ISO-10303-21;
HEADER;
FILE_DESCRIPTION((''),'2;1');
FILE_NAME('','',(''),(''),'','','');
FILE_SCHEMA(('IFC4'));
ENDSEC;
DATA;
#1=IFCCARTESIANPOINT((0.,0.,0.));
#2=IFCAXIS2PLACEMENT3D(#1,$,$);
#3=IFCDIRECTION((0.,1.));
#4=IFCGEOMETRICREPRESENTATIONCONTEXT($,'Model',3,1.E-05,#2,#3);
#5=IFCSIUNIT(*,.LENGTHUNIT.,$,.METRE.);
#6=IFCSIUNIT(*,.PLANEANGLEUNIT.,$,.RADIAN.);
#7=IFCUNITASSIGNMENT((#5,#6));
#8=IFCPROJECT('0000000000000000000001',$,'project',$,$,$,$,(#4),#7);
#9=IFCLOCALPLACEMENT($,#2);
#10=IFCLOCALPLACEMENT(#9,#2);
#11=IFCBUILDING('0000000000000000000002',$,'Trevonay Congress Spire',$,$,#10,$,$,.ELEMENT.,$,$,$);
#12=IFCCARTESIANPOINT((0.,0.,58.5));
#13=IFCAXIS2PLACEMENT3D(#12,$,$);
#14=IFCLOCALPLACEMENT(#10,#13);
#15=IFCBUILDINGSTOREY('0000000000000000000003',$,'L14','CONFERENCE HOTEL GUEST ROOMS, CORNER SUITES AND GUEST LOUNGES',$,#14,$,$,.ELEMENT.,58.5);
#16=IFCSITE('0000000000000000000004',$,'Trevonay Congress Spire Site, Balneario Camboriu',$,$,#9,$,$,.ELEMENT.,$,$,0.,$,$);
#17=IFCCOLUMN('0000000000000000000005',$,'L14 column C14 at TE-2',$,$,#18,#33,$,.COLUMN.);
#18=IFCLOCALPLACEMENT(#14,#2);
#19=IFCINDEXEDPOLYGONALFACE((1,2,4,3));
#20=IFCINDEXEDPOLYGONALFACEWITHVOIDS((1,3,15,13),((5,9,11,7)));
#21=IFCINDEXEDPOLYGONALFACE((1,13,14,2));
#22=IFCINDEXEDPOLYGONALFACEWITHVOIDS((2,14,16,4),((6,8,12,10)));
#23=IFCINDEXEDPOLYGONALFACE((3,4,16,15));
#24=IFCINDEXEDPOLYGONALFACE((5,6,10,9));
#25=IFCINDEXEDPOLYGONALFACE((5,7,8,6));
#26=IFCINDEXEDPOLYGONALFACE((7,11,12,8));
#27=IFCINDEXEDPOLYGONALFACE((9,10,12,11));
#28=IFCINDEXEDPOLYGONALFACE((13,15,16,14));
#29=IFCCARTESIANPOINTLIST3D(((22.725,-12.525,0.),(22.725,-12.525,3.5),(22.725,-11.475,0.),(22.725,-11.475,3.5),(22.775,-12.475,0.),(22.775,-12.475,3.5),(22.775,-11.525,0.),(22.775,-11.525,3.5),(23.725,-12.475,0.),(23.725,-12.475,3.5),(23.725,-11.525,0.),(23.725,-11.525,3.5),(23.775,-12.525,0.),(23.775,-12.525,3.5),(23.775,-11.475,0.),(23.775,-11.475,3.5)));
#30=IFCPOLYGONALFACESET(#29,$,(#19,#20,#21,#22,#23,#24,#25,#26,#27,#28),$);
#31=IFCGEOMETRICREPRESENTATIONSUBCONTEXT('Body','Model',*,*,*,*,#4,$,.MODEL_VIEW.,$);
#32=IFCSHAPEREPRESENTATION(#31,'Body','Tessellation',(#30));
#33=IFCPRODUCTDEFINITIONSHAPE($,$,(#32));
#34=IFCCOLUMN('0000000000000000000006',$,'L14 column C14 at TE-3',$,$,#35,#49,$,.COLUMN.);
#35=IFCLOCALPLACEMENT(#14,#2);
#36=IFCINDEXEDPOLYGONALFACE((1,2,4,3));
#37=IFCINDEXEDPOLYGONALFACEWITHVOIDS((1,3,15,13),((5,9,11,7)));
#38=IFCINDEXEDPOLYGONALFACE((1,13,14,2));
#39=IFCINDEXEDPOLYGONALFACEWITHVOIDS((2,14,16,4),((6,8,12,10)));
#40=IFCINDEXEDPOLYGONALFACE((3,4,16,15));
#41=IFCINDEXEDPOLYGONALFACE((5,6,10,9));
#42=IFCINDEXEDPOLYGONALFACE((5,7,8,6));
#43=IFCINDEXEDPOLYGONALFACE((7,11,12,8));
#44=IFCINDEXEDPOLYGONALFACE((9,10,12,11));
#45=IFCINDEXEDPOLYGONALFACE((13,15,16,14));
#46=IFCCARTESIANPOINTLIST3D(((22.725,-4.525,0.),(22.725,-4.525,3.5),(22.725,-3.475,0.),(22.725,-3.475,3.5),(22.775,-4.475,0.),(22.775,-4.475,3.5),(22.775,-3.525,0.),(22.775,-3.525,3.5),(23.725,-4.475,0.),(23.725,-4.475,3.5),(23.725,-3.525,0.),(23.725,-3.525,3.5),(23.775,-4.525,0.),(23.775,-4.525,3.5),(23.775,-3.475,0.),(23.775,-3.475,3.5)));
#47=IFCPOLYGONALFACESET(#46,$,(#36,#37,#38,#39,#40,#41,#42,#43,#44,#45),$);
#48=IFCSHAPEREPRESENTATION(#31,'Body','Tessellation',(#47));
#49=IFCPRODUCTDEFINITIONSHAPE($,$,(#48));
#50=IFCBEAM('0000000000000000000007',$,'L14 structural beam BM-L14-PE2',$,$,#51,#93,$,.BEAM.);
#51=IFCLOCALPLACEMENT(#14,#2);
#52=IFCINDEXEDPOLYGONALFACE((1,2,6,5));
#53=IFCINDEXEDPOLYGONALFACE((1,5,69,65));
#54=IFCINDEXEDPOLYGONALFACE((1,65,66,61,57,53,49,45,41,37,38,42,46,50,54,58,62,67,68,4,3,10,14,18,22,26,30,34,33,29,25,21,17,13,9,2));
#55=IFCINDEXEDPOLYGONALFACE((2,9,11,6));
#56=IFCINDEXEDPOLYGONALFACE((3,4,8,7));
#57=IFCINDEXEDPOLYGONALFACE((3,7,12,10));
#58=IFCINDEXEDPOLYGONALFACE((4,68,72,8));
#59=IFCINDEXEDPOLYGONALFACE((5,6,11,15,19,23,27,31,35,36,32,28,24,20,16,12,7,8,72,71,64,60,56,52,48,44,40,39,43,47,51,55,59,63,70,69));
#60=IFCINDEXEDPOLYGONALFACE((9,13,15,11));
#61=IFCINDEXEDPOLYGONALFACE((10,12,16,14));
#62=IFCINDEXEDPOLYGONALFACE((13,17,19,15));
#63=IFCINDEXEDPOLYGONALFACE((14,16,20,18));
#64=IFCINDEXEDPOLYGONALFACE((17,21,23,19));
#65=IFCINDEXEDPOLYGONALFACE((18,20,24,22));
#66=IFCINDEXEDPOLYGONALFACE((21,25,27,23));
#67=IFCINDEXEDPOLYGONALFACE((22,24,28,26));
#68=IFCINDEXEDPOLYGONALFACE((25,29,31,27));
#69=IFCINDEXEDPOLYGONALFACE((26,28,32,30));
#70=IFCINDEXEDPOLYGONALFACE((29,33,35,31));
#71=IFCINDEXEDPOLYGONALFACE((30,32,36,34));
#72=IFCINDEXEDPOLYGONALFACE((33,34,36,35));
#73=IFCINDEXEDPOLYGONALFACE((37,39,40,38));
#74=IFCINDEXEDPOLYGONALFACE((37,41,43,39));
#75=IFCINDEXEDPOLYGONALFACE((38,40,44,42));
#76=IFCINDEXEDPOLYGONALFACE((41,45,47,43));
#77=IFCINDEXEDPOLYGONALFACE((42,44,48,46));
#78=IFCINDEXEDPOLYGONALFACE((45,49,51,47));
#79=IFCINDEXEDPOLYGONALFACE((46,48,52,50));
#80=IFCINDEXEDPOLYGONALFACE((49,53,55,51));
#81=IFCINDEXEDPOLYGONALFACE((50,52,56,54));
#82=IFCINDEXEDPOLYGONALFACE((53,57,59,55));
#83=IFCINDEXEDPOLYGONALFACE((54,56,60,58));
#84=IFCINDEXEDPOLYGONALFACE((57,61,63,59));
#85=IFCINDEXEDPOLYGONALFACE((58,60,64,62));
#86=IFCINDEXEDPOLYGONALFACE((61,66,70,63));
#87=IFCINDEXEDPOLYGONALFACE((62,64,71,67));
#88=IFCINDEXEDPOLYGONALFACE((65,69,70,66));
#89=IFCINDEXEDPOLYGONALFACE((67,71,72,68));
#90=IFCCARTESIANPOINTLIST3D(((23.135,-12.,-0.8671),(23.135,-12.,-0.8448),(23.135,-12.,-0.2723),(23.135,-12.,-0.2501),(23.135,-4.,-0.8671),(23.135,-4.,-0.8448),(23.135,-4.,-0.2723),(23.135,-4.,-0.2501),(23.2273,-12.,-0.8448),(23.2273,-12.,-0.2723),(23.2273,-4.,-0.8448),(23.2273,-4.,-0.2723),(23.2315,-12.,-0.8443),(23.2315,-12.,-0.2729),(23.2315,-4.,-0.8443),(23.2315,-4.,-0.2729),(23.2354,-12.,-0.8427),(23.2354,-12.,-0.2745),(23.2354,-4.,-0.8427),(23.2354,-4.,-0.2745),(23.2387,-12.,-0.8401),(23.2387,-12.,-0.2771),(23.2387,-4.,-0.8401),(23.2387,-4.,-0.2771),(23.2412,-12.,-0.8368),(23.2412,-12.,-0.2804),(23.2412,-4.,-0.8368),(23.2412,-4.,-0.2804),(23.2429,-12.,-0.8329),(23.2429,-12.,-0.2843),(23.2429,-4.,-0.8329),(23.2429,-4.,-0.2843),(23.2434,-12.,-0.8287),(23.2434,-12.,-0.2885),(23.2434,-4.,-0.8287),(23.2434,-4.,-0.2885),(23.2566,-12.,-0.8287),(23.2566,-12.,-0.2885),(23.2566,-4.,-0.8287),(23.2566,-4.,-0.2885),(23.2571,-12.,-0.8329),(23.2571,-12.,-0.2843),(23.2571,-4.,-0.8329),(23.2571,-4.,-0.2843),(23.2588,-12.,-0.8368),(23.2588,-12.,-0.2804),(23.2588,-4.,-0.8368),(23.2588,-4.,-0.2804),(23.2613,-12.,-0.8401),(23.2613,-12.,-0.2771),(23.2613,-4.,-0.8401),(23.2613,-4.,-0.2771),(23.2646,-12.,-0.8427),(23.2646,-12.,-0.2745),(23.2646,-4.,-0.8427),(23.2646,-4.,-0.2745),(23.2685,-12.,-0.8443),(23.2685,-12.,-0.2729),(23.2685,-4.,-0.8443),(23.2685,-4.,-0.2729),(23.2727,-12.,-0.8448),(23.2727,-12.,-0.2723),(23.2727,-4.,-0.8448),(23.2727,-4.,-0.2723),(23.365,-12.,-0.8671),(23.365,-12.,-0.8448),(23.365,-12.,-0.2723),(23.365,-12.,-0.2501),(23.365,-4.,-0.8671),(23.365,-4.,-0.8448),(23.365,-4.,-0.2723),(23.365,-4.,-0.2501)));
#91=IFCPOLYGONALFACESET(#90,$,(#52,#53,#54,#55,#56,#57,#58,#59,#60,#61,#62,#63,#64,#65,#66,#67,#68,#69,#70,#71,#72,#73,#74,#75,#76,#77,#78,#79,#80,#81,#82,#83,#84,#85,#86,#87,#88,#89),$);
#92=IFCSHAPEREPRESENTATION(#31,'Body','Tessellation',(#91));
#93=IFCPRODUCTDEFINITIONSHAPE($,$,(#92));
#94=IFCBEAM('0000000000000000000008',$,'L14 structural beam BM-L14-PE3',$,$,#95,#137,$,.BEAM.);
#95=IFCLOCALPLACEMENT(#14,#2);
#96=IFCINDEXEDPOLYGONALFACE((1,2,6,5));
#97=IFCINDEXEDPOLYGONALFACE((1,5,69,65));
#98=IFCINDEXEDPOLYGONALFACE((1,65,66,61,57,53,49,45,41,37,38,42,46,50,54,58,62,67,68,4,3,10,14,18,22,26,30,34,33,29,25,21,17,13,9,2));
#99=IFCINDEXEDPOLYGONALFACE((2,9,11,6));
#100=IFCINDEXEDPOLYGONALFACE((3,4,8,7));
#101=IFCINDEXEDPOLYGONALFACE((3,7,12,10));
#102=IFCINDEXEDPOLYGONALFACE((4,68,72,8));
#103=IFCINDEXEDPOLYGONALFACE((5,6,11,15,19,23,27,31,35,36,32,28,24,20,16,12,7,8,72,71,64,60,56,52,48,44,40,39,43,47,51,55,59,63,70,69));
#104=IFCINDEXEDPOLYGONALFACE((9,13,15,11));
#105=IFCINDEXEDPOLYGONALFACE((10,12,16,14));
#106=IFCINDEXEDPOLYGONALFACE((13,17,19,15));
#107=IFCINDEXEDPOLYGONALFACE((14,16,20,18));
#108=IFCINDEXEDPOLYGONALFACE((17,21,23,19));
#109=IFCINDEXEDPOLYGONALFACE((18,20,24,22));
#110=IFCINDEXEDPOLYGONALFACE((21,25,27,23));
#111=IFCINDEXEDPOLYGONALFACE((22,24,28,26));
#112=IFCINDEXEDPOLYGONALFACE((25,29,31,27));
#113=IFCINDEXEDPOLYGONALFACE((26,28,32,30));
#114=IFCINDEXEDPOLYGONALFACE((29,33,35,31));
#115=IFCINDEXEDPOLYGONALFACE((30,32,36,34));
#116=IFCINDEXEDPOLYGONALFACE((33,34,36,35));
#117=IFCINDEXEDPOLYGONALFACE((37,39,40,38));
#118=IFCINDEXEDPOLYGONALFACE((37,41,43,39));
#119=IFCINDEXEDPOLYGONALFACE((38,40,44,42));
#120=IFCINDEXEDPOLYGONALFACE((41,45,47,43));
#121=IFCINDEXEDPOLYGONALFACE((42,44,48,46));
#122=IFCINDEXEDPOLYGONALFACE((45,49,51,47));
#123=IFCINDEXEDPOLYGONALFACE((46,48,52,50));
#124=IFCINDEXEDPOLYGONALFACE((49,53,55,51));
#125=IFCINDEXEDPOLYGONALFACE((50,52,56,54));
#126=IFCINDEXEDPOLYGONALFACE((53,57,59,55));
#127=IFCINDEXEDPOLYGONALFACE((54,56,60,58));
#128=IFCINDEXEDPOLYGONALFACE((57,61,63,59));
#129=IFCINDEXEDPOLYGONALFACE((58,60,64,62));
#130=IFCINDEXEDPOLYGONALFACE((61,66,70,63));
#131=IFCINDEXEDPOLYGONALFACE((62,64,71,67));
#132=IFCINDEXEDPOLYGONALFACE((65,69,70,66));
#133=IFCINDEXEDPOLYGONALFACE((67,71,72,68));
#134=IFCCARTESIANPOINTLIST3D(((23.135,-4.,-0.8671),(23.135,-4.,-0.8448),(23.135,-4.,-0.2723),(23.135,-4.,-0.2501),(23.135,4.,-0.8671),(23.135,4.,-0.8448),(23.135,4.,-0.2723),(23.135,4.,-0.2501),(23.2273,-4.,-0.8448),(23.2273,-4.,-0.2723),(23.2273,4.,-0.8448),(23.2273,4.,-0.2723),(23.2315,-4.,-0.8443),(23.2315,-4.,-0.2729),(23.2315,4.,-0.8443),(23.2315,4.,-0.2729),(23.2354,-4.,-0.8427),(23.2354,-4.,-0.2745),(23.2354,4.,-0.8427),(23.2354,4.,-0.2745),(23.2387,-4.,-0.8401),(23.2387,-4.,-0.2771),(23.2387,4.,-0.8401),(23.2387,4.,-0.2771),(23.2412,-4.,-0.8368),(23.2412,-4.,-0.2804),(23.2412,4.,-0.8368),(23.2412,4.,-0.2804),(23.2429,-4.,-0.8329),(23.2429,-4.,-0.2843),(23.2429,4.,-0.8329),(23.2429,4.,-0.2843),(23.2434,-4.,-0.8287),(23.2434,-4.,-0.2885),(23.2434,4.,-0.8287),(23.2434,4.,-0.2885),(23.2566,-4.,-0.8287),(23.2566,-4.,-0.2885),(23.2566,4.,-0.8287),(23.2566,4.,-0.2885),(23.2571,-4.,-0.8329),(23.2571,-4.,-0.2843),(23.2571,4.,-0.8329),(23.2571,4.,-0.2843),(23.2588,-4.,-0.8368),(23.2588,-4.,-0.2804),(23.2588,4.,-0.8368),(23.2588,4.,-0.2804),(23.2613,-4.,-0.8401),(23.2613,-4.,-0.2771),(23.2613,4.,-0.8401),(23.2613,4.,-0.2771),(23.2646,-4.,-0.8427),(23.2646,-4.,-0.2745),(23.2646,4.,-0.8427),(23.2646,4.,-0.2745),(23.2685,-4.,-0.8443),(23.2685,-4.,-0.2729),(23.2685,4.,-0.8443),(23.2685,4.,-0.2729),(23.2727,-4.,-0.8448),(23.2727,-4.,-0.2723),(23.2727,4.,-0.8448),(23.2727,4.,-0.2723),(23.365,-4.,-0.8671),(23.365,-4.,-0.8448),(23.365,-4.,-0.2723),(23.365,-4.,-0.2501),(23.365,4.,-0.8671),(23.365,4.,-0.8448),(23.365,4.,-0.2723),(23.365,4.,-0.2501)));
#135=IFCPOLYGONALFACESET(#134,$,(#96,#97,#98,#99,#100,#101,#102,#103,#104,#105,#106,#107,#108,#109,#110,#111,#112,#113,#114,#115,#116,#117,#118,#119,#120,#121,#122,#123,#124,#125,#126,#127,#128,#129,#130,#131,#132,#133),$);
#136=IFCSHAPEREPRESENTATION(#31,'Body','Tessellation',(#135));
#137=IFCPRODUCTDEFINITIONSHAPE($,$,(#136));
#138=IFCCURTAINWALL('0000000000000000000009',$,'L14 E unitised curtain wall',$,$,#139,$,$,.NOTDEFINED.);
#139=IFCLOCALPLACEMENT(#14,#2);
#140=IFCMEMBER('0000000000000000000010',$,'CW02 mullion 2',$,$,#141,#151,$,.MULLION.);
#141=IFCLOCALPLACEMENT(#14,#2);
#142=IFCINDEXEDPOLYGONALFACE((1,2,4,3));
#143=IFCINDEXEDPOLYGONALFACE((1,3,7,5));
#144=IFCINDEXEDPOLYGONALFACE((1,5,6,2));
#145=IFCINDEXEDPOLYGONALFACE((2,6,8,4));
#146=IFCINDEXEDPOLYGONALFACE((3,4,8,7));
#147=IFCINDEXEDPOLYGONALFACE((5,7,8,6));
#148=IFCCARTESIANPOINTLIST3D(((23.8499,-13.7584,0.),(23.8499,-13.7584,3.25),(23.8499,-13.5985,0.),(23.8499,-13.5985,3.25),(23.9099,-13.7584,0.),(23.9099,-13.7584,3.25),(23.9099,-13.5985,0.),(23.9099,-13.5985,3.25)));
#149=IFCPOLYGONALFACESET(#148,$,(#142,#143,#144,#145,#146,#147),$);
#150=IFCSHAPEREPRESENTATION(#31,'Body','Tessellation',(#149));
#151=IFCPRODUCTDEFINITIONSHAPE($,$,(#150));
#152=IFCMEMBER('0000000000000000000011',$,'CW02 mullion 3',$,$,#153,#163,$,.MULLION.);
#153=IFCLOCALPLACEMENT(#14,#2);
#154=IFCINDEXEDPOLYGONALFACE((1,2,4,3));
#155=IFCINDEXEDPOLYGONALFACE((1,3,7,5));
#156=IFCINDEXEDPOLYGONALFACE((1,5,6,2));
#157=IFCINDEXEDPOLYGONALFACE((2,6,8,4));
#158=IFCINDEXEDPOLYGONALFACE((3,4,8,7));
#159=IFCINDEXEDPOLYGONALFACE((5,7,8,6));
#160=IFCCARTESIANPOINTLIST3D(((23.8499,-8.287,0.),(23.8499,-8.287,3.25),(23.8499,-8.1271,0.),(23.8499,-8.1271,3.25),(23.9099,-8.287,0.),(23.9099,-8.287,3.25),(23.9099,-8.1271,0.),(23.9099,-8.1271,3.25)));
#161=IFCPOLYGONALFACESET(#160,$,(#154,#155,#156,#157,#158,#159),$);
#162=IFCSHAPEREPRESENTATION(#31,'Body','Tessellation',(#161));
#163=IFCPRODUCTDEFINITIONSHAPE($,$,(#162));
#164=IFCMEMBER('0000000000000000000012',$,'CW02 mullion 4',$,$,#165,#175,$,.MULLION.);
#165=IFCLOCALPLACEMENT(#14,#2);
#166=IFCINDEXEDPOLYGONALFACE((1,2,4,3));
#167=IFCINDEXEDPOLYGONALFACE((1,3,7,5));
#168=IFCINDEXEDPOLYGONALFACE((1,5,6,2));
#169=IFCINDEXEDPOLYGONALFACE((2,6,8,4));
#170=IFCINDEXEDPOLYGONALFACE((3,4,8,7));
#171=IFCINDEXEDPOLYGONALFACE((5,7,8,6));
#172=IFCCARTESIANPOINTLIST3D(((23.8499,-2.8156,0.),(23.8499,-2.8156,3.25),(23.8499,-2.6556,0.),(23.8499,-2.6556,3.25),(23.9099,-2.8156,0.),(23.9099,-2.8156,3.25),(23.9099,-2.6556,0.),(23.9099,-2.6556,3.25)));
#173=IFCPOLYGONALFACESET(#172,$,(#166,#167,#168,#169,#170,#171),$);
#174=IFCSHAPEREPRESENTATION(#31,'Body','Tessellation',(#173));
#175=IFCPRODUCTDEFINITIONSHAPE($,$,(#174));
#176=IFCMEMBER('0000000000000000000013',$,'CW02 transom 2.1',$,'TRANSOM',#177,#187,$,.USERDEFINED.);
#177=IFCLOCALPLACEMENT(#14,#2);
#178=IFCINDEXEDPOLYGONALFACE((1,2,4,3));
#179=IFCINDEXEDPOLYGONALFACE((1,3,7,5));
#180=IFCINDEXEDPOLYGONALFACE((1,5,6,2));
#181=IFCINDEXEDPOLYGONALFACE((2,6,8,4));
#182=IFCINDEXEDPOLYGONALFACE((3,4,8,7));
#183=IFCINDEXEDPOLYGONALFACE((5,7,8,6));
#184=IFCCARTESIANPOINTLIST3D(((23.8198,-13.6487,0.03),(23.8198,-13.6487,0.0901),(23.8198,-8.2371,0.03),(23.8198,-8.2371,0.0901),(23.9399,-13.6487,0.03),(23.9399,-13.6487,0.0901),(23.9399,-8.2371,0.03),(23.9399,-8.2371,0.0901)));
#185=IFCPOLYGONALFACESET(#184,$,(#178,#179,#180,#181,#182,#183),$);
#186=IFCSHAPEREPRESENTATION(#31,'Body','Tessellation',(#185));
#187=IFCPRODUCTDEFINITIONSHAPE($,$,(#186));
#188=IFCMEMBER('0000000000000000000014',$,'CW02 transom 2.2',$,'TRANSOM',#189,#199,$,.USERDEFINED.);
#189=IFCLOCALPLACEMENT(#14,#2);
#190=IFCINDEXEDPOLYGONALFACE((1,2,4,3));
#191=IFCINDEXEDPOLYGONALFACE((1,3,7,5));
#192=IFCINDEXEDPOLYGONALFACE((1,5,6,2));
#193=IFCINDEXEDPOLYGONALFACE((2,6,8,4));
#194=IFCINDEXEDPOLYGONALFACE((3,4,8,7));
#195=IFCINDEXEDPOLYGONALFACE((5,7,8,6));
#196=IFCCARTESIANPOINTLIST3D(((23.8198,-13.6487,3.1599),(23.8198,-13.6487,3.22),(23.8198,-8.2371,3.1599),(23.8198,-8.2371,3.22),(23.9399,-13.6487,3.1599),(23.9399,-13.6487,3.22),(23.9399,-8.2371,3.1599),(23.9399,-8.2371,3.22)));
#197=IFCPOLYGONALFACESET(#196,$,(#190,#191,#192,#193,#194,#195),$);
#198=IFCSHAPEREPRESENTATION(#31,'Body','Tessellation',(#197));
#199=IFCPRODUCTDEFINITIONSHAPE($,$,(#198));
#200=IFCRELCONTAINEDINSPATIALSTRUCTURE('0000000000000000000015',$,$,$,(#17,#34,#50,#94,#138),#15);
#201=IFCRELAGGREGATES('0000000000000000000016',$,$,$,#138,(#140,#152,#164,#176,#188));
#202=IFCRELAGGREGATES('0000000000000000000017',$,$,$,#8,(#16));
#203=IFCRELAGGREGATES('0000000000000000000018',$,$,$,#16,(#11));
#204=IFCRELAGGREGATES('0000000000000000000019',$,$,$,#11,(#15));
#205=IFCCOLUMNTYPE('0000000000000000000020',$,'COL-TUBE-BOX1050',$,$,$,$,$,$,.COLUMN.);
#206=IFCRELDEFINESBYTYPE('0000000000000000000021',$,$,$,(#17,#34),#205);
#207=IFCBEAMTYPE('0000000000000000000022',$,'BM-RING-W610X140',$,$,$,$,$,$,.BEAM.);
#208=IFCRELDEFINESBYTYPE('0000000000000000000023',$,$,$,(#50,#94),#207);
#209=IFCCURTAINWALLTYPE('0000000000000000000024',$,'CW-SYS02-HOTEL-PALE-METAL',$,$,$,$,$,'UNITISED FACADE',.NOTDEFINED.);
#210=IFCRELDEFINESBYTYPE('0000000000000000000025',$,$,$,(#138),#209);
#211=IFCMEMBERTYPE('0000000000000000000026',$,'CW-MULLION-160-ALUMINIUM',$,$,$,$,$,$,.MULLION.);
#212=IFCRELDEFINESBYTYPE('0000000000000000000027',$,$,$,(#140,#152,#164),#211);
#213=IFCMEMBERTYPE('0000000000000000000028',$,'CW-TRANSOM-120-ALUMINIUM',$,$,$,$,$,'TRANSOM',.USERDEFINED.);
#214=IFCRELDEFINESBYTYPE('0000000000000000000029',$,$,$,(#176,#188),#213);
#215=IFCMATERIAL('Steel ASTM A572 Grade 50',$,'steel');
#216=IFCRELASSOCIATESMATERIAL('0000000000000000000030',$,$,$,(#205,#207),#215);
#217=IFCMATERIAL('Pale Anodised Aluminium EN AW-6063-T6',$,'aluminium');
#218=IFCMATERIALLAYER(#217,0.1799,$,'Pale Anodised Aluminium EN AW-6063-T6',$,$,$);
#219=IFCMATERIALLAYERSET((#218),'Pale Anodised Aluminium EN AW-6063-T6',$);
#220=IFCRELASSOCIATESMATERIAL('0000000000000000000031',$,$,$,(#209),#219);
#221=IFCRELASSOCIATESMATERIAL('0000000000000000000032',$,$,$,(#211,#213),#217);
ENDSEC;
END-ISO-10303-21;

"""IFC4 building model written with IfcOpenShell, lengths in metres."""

from ifc_helpers import new_model, si_unit, direction, frame, origin, origin_2d, place, context, subcontext, project, spatial, rectangle, hollow_rectangle, i_section, extrude, material, layer, layer_set, material_profile, profile_set, type_object, element, aggregate, save


model = new_model("IFC4")

# Units and contexts
model_context = context("Model", 3, precision=1e-05, world=origin(), true_north=direction((0.0, 1.0)))
body_context = subcontext(model_context, "Body", "Model", "MODEL_VIEW")
ifc_project = project(units=[si_unit("LENGTHUNIT", "METRE"), si_unit("PLANEANGLEUNIT", "RADIAN")], contexts=[model_context])

# Site, building, storey
site_placement = place(None, origin())
site = spatial("IfcSite", under=ifc_project, at=site_placement, Name="Trevonay Congress Spire Site, Balneario Camboriu", CompositionType="ELEMENT", RefElevation=0.0)
building_placement = place(site_placement, origin())
building = spatial("IfcBuilding", under=site, at=building_placement, Name="Trevonay Congress Spire", CompositionType="ELEMENT")
storey_placement = place(building_placement, frame((0.0, 0.0, 58.5)))
storey = spatial("IfcBuildingStorey", under=building, at=storey_placement, Name="L14", Description="CONFERENCE HOTEL GUEST ROOMS, CORNER SUITES AND GUEST LOUNGES", CompositionType="ELEMENT", Elevation=58.5)

# Columns
ifc_material_1 = material(Name="Steel ASTM A572 Grade 50", Category="steel")
ifc_material_profile_1 = material_profile(ifc_material_1, hollow_rectangle(XDim=1.05, YDim=1.05, WallThickness=0.05, at=origin_2d()), Name="BOX 1050x1050x50")
ifc_profile_set_1 = profile_set([ifc_material_profile_1], Name="Steel ASTM A572 Grade 50")
column_type = type_object("IfcColumnType", Name="COL-TUBE-BOX1050", PredefinedType="COLUMN", material=ifc_profile_set_1)
for number, where, z_axis, x_axis, name in (
    (1, (23.25, -12.0, 0.0), (0.0, 0.0, 1.0), (1.0, 0.0, 0.0), "L14 column C14 at TE-2"),
    (2, (23.25, -4.0, 0.0), (0.0, 0.0, 1.0), (1.0, 0.0, 0.0), "L14 column C14 at TE-3"),
):
    element("IfcColumn", number, at=place(storey_placement, frame(where, z_axis=z_axis, x_axis=x_axis)), inside=storey, type_object=column_type, Name=name, PredefinedType="COLUMN", context=body_context, shape_type="SweptSolid", body=[
        extrude(hollow_rectangle(XDim=1.05, YDim=1.05, WallThickness=0.05, at=origin_2d()), origin(), (0.0, 0.0, 1.0), 3.5),
    ])

# Beams
ifc_material_profile_2 = material_profile(ifc_material_1, i_section(OverallWidth=0.23, OverallDepth=0.6169, WebThickness=0.0132, FlangeThickness=0.0222, FilletRadius=0.0161, at=origin_2d()), Name="W610x140")
ifc_profile_set_2 = profile_set([ifc_material_profile_2], Name="Steel ASTM A572 Grade 50")
beam_type = type_object("IfcBeamType", Name="BM-RING-W610X140", PredefinedType="BEAM", material=ifc_profile_set_2)
for number, where, z_axis, x_axis, name in (
    (3, (23.25, -12.0, -0.5586), (0.0, 1.0, 0.0), (-1.0, 0.0, 0.0), "L14 structural beam BM-L14-PE2"),
    (4, (23.25, -4.0, -0.5586), (0.0, 1.0, 0.0), (-1.0, 0.0, 0.0), "L14 structural beam BM-L14-PE3"),
):
    element("IfcBeam", number, at=place(storey_placement, frame(where, z_axis=z_axis, x_axis=x_axis)), inside=storey, type_object=beam_type, Name=name, PredefinedType="BEAM", context=body_context, shape_type="SweptSolid", body=[
        extrude(i_section(OverallWidth=0.23, OverallDepth=0.6169, WebThickness=0.0132, FlangeThickness=0.0222, FilletRadius=0.0161, at=origin_2d()), origin(), (0.0, 0.0, 1.0), 8.0),
    ])

# Curtain wall, members
ifc_material_2 = material(Name="Pale Anodised Aluminium EN AW-6063-T6", Category="aluminium")
ifc_layer_1 = layer(ifc_material_2, 0.1799, Name="Pale Anodised Aluminium EN AW-6063-T6")
ifc_layer_set_1 = layer_set([ifc_layer_1], Name="Pale Anodised Aluminium EN AW-6063-T6")
curtain_wall_type = type_object("IfcCurtainWallType", Name="CW-SYS02-HOTEL-PALE-METAL", ElementType="UNITISED FACADE", PredefinedType="NOTDEFINED", material=ifc_layer_set_1)
curtain_wall_placement = place(storey_placement, origin())
curtain_wall = element("IfcCurtainWall", 5, at=curtain_wall_placement, inside=storey, type_object=curtain_wall_type, Name="L14 E unitised curtain wall", PredefinedType="NOTDEFINED")
ifc_material_profile_3 = material_profile(ifc_material_2, rectangle(XDim=0.0601, YDim=0.1599, at=origin_2d()), Name="CW-MULLION-160-ALUMINIUM")
ifc_profile_set_3 = profile_set([ifc_material_profile_3], Name="Pale Anodised Aluminium EN AW-6063-T6")
member_type_1 = type_object("IfcMemberType", Name="CW-MULLION-160-ALUMINIUM", PredefinedType="MULLION", material=ifc_profile_set_3)
member_1_placement = place(storey_placement, frame((23.8799, -13.6785, 0.0), z_axis=(0.0, 0.0, 1.0), x_axis=(-1.0, 0.0, 0.0)))
member_1 = element("IfcMember", 6, at=member_1_placement, type_object=member_type_1, Name="CW02 mullion 2", PredefinedType="MULLION", context=body_context, shape_type="SweptSolid", body=[
    extrude(rectangle(XDim=0.0601, YDim=0.1599, at=origin_2d()), origin(), (0.0, 0.0, 1.0), 3.25),
])
member_2_placement = place(storey_placement, frame((23.8799, -8.207, 0.0), z_axis=(0.0, 0.0, 1.0), x_axis=(-1.0, 0.0, 0.0)))
member_2 = element("IfcMember", 7, at=member_2_placement, type_object=member_type_1, Name="CW02 mullion 3", PredefinedType="MULLION", context=body_context, shape_type="SweptSolid", body=[
    extrude(rectangle(XDim=0.0601, YDim=0.1599, at=origin_2d()), origin(), (0.0, 0.0, 1.0), 3.25),
])
member_3_placement = place(storey_placement, frame((23.8799, -2.7356, 0.0), z_axis=(0.0, 0.0, 1.0), x_axis=(-1.0, 0.0, 0.0)))
member_3 = element("IfcMember", 8, at=member_3_placement, type_object=member_type_1, Name="CW02 mullion 4", PredefinedType="MULLION", context=body_context, shape_type="SweptSolid", body=[
    extrude(rectangle(XDim=0.0601, YDim=0.1599, at=origin_2d()), origin(), (0.0, 0.0, 1.0), 3.25),
])
ifc_material_profile_4 = material_profile(ifc_material_2, rectangle(XDim=0.1201, YDim=0.0601, at=origin_2d()), Name="CW-TRANSOM-120-ALUMINIUM")
ifc_profile_set_4 = profile_set([ifc_material_profile_4], Name="Pale Anodised Aluminium EN AW-6063-T6")
member_type_2 = type_object("IfcMemberType", Name="CW-TRANSOM-120-ALUMINIUM", ElementType="TRANSOM", PredefinedType="USERDEFINED", material=ifc_profile_set_4)
member_4_placement = place(storey_placement, frame((23.8799, -13.6487, 0.0601), z_axis=(0.0, 1.0, 0.0), x_axis=(-1.0, 0.0, 0.0)))
member_4 = element("IfcMember", 9, at=member_4_placement, type_object=member_type_2, Name="CW02 transom 2.1", ObjectType="TRANSOM", PredefinedType="USERDEFINED", context=body_context, shape_type="SweptSolid", body=[
    extrude(rectangle(XDim=0.1201, YDim=0.0601, at=origin_2d()), origin(), (0.0, 0.0, 1.0), 5.4116),
])
member_5_placement = place(storey_placement, frame((23.8799, -13.6487, 3.1899), z_axis=(0.0, 1.0, 0.0), x_axis=(-1.0, 0.0, 0.0)))
member_5 = element("IfcMember", 10, at=member_5_placement, type_object=member_type_2, Name="CW02 transom 2.2", ObjectType="TRANSOM", PredefinedType="USERDEFINED", context=body_context, shape_type="SweptSolid", body=[
    extrude(rectangle(XDim=0.1201, YDim=0.0601, at=origin_2d()), origin(), (0.0, 0.0, 1.0), 5.4116),
])
aggregate(curtain_wall, [member_1, member_2, member_3, member_4, member_5])

save(model, "model.ifc")
